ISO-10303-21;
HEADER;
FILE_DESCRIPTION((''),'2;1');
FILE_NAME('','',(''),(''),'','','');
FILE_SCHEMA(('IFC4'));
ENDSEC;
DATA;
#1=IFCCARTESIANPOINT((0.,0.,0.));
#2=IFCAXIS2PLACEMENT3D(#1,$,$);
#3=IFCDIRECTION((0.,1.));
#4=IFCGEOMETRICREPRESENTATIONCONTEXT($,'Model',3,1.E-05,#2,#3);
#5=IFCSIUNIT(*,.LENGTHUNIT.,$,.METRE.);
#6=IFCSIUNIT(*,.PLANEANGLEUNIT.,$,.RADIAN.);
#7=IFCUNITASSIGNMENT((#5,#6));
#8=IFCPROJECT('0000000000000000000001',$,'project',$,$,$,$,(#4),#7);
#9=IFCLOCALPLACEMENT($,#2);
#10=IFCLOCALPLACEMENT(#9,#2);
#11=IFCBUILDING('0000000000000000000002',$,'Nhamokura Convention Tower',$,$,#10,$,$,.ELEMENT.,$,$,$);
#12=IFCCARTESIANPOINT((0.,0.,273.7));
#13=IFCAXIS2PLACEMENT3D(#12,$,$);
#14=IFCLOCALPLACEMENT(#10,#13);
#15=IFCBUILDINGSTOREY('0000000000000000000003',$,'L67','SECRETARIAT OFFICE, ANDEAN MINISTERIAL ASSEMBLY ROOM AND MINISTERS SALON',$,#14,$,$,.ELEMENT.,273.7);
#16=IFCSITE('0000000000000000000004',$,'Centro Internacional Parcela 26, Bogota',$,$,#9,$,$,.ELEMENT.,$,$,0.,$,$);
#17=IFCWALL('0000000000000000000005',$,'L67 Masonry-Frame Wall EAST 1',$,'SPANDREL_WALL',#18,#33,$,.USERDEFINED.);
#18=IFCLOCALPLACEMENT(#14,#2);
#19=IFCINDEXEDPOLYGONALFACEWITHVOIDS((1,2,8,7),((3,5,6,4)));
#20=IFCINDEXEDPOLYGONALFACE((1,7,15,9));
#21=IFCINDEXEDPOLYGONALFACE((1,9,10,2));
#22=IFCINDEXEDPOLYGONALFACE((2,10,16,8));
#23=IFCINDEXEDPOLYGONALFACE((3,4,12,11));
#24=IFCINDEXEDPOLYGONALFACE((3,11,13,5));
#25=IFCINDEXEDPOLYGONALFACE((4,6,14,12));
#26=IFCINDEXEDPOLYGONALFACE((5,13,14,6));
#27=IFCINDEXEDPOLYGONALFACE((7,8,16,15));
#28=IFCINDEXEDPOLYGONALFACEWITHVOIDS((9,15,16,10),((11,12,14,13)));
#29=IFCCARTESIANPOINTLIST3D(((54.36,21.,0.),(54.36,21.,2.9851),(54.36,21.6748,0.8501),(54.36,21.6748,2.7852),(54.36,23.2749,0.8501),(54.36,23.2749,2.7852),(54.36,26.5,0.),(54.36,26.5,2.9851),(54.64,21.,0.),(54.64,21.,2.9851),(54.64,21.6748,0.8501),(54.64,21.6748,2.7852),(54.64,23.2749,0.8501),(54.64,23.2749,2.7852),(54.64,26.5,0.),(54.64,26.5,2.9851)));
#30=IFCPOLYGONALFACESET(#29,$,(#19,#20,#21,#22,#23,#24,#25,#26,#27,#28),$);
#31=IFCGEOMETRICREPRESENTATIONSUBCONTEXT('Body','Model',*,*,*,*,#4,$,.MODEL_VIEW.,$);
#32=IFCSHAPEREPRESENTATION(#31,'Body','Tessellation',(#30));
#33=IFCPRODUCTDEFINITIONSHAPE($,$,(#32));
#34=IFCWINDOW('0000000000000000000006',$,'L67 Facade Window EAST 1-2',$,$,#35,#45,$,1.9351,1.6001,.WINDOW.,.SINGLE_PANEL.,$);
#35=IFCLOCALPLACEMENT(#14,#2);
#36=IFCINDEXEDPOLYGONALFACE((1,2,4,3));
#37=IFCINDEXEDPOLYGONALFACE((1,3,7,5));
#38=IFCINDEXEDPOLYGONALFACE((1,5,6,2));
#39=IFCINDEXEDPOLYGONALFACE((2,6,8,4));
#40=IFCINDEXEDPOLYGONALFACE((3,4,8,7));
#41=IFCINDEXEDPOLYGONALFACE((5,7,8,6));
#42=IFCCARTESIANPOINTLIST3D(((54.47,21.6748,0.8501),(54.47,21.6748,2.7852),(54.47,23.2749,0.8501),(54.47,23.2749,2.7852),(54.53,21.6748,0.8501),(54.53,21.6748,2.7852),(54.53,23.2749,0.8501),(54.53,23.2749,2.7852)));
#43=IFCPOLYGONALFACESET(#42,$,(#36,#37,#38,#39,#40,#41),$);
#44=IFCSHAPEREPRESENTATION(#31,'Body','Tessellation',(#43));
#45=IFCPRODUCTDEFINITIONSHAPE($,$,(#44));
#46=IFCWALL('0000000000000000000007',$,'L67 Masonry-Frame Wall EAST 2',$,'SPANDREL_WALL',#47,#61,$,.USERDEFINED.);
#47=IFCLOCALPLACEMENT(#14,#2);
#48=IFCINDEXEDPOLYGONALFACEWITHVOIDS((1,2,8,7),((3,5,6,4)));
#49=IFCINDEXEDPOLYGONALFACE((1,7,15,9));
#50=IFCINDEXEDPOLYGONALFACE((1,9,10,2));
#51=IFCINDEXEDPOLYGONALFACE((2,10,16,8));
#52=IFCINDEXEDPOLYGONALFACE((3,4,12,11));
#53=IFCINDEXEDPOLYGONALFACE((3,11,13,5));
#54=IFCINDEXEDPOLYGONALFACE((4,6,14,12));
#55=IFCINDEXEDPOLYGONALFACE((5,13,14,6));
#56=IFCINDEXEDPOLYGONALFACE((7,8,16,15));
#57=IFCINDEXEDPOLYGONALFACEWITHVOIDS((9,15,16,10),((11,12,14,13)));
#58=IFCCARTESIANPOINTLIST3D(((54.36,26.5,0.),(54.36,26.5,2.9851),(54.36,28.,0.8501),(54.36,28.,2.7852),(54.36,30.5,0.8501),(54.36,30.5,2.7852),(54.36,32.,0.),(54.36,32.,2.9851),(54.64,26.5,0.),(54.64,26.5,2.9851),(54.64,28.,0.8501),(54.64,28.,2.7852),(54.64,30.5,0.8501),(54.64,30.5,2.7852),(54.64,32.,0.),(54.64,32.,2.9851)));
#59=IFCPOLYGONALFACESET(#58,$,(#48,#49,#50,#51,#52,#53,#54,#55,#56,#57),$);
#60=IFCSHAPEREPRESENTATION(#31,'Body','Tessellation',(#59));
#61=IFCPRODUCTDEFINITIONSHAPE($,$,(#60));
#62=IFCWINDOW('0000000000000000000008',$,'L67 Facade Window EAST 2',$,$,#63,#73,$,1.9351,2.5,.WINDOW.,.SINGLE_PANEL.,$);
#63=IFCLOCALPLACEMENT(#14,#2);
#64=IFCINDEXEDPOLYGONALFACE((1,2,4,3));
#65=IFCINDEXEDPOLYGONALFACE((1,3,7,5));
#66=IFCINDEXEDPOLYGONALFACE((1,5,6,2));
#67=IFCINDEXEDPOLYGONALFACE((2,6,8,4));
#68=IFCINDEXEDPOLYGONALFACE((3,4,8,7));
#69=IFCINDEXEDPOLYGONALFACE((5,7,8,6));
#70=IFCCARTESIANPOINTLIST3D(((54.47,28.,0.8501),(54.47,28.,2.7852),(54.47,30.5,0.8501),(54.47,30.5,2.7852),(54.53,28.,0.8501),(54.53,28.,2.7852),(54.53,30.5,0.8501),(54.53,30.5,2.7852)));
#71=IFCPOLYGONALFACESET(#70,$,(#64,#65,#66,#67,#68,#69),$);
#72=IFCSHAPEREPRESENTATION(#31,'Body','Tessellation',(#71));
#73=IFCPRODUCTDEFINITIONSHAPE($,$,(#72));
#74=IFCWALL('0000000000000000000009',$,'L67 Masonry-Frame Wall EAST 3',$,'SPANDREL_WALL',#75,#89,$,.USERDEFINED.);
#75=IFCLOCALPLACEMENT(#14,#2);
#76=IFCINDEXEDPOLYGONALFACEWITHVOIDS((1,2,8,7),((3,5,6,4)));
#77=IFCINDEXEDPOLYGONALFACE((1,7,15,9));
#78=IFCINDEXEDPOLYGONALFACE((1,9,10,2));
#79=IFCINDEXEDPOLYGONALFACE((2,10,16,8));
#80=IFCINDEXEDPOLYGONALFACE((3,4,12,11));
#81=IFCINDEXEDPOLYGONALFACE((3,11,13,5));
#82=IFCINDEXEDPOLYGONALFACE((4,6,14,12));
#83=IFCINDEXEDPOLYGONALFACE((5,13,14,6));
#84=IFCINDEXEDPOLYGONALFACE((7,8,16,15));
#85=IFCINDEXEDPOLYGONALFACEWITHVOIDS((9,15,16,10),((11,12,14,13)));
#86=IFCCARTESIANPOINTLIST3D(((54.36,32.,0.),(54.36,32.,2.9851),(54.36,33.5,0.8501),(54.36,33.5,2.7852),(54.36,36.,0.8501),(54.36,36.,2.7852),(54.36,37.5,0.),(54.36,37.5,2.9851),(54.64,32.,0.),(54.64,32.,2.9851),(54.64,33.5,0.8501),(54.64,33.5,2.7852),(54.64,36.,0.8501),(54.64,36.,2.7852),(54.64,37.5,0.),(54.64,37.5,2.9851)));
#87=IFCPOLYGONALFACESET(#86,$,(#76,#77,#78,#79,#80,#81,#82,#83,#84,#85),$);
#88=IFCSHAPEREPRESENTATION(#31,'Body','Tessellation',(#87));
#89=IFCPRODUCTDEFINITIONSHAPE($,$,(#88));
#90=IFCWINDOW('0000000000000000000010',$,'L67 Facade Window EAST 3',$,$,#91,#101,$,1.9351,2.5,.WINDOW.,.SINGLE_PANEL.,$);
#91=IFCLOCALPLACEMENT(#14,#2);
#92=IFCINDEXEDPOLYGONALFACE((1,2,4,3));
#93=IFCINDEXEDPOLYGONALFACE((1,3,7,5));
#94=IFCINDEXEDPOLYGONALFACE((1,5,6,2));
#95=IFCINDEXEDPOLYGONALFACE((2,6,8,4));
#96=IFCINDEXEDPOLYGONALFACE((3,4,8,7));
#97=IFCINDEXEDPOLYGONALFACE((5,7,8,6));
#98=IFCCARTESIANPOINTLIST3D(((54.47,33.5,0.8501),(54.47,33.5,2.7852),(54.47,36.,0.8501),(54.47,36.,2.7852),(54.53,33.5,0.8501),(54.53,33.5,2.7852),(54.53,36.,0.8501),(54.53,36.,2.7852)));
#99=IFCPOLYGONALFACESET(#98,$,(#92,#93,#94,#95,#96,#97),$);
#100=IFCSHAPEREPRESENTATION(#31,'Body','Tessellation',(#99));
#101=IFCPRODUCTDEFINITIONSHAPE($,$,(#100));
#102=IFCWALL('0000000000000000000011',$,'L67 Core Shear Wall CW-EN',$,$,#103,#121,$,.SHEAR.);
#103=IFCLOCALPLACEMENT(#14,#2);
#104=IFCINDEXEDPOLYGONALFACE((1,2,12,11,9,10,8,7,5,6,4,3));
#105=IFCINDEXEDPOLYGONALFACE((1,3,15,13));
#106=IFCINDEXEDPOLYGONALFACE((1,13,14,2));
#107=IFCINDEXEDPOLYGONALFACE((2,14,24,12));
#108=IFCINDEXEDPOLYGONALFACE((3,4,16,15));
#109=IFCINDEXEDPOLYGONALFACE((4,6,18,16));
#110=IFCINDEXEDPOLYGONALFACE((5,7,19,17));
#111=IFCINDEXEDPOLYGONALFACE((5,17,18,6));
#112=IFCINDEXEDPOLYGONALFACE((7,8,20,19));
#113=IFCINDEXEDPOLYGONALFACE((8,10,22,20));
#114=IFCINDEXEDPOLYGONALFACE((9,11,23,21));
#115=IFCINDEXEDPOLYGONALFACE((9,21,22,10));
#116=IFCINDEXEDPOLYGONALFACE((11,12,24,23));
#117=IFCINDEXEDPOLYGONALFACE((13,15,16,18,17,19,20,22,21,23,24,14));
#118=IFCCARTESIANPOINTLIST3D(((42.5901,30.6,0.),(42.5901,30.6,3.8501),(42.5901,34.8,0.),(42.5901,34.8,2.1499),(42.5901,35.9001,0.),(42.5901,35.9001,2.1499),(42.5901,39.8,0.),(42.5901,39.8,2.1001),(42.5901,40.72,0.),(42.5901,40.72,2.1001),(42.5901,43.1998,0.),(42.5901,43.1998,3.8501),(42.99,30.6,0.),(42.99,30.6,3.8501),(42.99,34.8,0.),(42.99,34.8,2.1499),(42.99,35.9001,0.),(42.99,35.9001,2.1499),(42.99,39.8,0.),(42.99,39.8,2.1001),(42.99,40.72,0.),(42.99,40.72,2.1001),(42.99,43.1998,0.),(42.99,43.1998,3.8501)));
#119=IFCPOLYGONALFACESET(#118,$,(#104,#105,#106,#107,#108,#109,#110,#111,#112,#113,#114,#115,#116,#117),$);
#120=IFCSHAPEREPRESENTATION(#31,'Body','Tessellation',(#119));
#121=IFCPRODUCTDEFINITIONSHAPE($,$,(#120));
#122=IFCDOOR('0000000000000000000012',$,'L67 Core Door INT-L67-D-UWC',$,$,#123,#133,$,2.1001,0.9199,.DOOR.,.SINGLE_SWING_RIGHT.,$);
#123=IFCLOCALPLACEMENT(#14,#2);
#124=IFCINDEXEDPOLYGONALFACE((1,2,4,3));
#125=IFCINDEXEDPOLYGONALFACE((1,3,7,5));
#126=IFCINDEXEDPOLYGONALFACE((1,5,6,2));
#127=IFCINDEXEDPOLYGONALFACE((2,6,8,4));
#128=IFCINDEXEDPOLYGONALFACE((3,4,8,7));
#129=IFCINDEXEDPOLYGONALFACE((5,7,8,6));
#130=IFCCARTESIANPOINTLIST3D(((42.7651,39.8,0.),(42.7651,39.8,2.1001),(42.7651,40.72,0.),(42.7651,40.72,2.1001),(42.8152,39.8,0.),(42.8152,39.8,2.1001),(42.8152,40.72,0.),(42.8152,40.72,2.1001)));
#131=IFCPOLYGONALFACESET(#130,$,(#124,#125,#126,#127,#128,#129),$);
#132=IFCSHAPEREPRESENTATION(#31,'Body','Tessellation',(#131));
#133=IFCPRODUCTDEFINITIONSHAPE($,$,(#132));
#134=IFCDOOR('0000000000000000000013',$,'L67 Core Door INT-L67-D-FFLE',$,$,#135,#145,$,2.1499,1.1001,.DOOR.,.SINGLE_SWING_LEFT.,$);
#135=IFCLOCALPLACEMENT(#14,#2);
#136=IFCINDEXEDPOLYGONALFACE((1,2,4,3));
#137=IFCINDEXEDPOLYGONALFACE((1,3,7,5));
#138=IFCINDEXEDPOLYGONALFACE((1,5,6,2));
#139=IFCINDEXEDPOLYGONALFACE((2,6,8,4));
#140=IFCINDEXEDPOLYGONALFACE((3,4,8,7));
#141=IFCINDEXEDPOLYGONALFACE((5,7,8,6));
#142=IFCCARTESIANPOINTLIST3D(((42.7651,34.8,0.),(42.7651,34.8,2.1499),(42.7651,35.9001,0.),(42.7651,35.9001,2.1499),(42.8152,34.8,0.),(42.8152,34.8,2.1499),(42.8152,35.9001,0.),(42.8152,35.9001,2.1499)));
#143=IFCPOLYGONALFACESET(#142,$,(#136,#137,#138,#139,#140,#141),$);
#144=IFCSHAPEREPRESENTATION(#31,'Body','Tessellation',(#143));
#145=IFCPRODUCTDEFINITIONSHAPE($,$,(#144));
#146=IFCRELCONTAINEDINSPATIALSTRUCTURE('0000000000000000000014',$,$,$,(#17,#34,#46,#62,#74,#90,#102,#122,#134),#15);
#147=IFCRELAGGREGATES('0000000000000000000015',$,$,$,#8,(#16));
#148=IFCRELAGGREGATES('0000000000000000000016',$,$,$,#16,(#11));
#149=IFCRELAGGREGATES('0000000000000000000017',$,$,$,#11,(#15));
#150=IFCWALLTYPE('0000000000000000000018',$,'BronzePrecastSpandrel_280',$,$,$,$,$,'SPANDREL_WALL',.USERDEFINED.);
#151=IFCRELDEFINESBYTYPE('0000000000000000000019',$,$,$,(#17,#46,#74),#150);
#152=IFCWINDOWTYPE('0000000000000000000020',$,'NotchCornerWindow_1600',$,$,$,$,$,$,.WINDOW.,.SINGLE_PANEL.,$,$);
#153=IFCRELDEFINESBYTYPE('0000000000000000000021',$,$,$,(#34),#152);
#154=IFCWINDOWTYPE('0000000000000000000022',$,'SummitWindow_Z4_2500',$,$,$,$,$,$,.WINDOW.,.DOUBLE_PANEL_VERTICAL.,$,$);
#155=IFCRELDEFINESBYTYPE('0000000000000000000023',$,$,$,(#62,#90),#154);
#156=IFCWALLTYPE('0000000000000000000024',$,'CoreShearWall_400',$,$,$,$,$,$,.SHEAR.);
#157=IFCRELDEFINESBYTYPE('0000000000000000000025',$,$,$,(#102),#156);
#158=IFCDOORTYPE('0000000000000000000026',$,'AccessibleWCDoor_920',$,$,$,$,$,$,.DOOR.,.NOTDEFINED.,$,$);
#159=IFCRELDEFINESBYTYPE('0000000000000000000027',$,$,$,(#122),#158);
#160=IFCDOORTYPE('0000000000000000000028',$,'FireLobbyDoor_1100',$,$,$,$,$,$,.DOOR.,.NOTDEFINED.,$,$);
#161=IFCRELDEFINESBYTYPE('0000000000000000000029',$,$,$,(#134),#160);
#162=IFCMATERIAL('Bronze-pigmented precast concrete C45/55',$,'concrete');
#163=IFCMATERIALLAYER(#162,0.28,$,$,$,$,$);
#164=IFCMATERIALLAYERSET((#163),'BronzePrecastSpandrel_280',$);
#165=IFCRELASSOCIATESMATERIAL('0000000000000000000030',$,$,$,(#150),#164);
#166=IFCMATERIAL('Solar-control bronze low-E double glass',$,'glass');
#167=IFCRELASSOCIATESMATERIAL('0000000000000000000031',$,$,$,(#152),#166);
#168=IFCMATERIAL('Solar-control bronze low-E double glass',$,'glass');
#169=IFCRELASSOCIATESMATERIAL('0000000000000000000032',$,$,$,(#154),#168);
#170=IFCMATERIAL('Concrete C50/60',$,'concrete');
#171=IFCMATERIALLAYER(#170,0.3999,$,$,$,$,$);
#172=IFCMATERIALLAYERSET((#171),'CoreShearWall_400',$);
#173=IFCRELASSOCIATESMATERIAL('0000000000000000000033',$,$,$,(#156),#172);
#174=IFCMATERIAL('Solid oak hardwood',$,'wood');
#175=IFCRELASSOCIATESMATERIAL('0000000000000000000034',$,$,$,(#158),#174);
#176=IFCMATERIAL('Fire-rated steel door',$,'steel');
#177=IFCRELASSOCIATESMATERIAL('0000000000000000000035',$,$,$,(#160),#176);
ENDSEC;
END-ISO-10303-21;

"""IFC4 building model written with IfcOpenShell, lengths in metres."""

from ifc_helpers import new_model, si_unit, direction, frame, frame_2d, origin, place, context, subcontext, project, spatial, rectangle, extrude, material, layer, layer_set, type_object, element, fill, save


model = new_model("IFC4")

# Units and contexts
model_context = context("Model", 3, precision=1e-05, world=origin(), true_north=direction((0.0, 1.0)))
body_context = subcontext(model_context, "Body", "Model", "MODEL_VIEW")
ifc_project = project(units=[si_unit("LENGTHUNIT", "METRE"), si_unit("PLANEANGLEUNIT", "RADIAN")], contexts=[model_context])

# Site, building, storey
site_placement = place(None, origin())
site = spatial("IfcSite", under=ifc_project, at=site_placement, Name="Centro Internacional Parcela 26, Bogota", CompositionType="ELEMENT", RefElevation=0.0)
building_placement = place(site_placement, origin())
building = spatial("IfcBuilding", under=site, at=building_placement, Name="Nhamokura Convention Tower", CompositionType="ELEMENT")
storey_placement = place(building_placement, frame((0.0, 0.0, 273.7)))
storey = spatial("IfcBuildingStorey", under=building, at=storey_placement, Name="L67", Description="SECRETARIAT OFFICE, ANDEAN MINISTERIAL ASSEMBLY ROOM AND MINISTERS SALON", CompositionType="ELEMENT", Elevation=273.7)

# Walls, openings, windows
ifc_material_1 = material(Name="Bronze-pigmented precast concrete C45/55", Category="concrete")
ifc_layer_1 = layer(ifc_material_1, 0.28)
ifc_layer_set_1 = layer_set([ifc_layer_1], Name="BronzePrecastSpandrel_280")
wall_type_1 = type_object("IfcWallType", Name="BronzePrecastSpandrel_280", ElementType="SPANDREL_WALL", PredefinedType="USERDEFINED", material=ifc_layer_set_1)
wall_1_placement = place(storey_placement, frame((54.5, 26.5, 0.0), z_axis=(0.0, 0.0, 1.0), x_axis=(0.0, -1.0, 0.0)))
wall_1 = element("IfcWall", 1, at=wall_1_placement, inside=storey, type_object=wall_type_1, Name="L67 Masonry-Frame Wall EAST 1", ObjectType="SPANDREL_WALL", PredefinedType="USERDEFINED", context=body_context, shape_type="SweptSolid", body=[
    extrude(rectangle(XDim=5.5, YDim=0.28, at=frame_2d((2.75, 0.0))), origin(), (0.0, 0.0, 1.0), 2.9851),
])
opening_1_placement = place(wall_1_placement, frame((3.2251, 0.0, 0.8501)))
opening_1 = element("IfcOpeningElement", 2, at=opening_1_placement, cuts=wall_1, PredefinedType="OPENING", context=body_context, shape_type="SweptSolid", body=[
    extrude(rectangle(XDim=1.6001, YDim=1.9351, at=frame_2d((0.8, 0.9675))), frame((0.0, 0.1499, 0.0), z_axis=(0.0, -1.0, 0.0), x_axis=(1.0, 0.0, 0.0)), (0.0, 0.0, 1.0), 0.3),
])
ifc_material_2 = material(Name="Solar-control bronze low-E double glass", Category="glass")
window_type_1 = type_object("IfcWindowType", Name="NotchCornerWindow_1600", PartitioningType="SINGLE_PANEL", PredefinedType="WINDOW", material=ifc_material_2)
window_1_placement = place(opening_1_placement, origin())
window_1 = element("IfcWindow", 3, at=window_1_placement, inside=storey, type_object=window_type_1, Name="L67 Facade Window EAST 1-2", OverallHeight=1.9351, OverallWidth=1.6001, PartitioningType="SINGLE_PANEL", PredefinedType="WINDOW", context=body_context, shape_type="SweptSolid", body=[
    extrude(rectangle(XDim=1.6001, YDim=1.9351, at=frame_2d((0.8, 0.9675))), frame((0.0, 0.03, 0.0), z_axis=(0.0, -1.0, 0.0), x_axis=(1.0, 0.0, 0.0)), (0.0, 0.0, 1.0), 0.0601),
])
fill(opening_1, window_1)
wall_2_placement = place(storey_placement, frame((54.5, 32.0, 0.0), z_axis=(0.0, 0.0, 1.0), x_axis=(0.0, -1.0, 0.0)))
wall_2 = element("IfcWall", 4, at=wall_2_placement, inside=storey, type_object=wall_type_1, Name="L67 Masonry-Frame Wall EAST 2", ObjectType="SPANDREL_WALL", PredefinedType="USERDEFINED", context=body_context, shape_type="SweptSolid", body=[
    extrude(rectangle(XDim=5.5, YDim=0.28, at=frame_2d((2.75, 0.0))), origin(), (0.0, 0.0, 1.0), 2.9851),
])
opening_2_placement = place(wall_2_placement, frame((1.5, 0.0, 0.8501)))
opening_2 = element("IfcOpeningElement", 5, at=opening_2_placement, cuts=wall_2, PredefinedType="OPENING", context=body_context, shape_type="SweptSolid", body=[
    extrude(rectangle(XDim=2.5, YDim=1.9351, at=frame_2d((1.25, 0.9675))), frame((0.0, 0.1499, 0.0), z_axis=(0.0, -1.0, 0.0), x_axis=(1.0, 0.0, 0.0)), (0.0, 0.0, 1.0), 0.3),
])
ifc_material_3 = material(Name="Solar-control bronze low-E double glass", Category="glass")
window_type_2 = type_object("IfcWindowType", Name="SummitWindow_Z4_2500", PartitioningType="DOUBLE_PANEL_VERTICAL", PredefinedType="WINDOW", material=ifc_material_3)
window_2_placement = place(opening_2_placement, origin())
window_2 = element("IfcWindow", 6, at=window_2_placement, inside=storey, type_object=window_type_2, Name="L67 Facade Window EAST 2", OverallHeight=1.9351, OverallWidth=2.5, PartitioningType="SINGLE_PANEL", PredefinedType="WINDOW", context=body_context, shape_type="SweptSolid", body=[
    extrude(rectangle(XDim=2.5, YDim=1.9351, at=frame_2d((1.25, 0.9675))), frame((0.0, 0.03, 0.0), z_axis=(0.0, -1.0, 0.0), x_axis=(1.0, 0.0, 0.0)), (0.0, 0.0, 1.0), 0.0601),
])
fill(opening_2, window_2)
wall_3_placement = place(storey_placement, frame((54.5, 37.5, 0.0), z_axis=(0.0, 0.0, 1.0), x_axis=(0.0, -1.0, 0.0)))
wall_3 = element("IfcWall", 7, at=wall_3_placement, inside=storey, type_object=wall_type_1, Name="L67 Masonry-Frame Wall EAST 3", ObjectType="SPANDREL_WALL", PredefinedType="USERDEFINED", context=body_context, shape_type="SweptSolid", body=[
    extrude(rectangle(XDim=5.5, YDim=0.28, at=frame_2d((2.75, 0.0))), origin(), (0.0, 0.0, 1.0), 2.9851),
])
opening_3_placement = place(wall_3_placement, frame((1.5, 0.0, 0.8501)))
opening_3 = element("IfcOpeningElement", 8, at=opening_3_placement, cuts=wall_3, PredefinedType="OPENING", context=body_context, shape_type="SweptSolid", body=[
    extrude(rectangle(XDim=2.5, YDim=1.9351, at=frame_2d((1.25, 0.9675))), frame((0.0, 0.1499, 0.0), z_axis=(0.0, -1.0, 0.0), x_axis=(1.0, 0.0, 0.0)), (0.0, 0.0, 1.0), 0.3),
])
window_3_placement = place(opening_3_placement, origin())
window_3 = element("IfcWindow", 9, at=window_3_placement, inside=storey, type_object=window_type_2, Name="L67 Facade Window EAST 3", OverallHeight=1.9351, OverallWidth=2.5, PartitioningType="SINGLE_PANEL", PredefinedType="WINDOW", context=body_context, shape_type="SweptSolid", body=[
    extrude(rectangle(XDim=2.5, YDim=1.9351, at=frame_2d((1.25, 0.9675))), frame((0.0, 0.03, 0.0), z_axis=(0.0, -1.0, 0.0), x_axis=(1.0, 0.0, 0.0)), (0.0, 0.0, 1.0), 0.0601),
])
fill(opening_3, window_3)

# Wall, openings, doors
ifc_material_4 = material(Name="Concrete C50/60", Category="concrete")
ifc_layer_2 = layer(ifc_material_4, 0.3999)
ifc_layer_set_2 = layer_set([ifc_layer_2], Name="CoreShearWall_400")
wall_type_2 = type_object("IfcWallType", Name="CoreShearWall_400", PredefinedType="SHEAR", material=ifc_layer_set_2)
wall_4_placement = place(storey_placement, frame((42.79, 30.6001, 0.0), z_axis=(0.0, 0.0, 1.0), x_axis=(0.0, 1.0, 0.0)))
wall_4 = element("IfcWall", 10, at=wall_4_placement, inside=storey, type_object=wall_type_2, Name="L67 Core Shear Wall CW-EN", PredefinedType="SHEAR", context=body_context, shape_type="SweptSolid", body=[
    extrude(rectangle(XDim=12.5999, YDim=0.3999, at=frame_2d((6.2998, 0.0))), origin(), (0.0, 0.0, 1.0), 3.8501),
])
opening_4_placement = place(wall_4_placement, frame((4.2, 0.0, 0.0)))
opening_4 = element("IfcOpeningElement", 11, at=opening_4_placement, cuts=wall_4, PredefinedType="OPENING", context=body_context, shape_type="SweptSolid", body=[
    extrude(rectangle(XDim=1.1001, YDim=2.1499, at=frame_2d((0.55, 1.075))), frame((0.0, 0.21, 0.0), z_axis=(0.0, -1.0, 0.0), x_axis=(1.0, 0.0, 0.0)), (0.0, 0.0, 1.0), 0.4199),
])
opening_5_placement = place(wall_4_placement, frame((9.2, 0.0, 0.0)))
opening_5 = element("IfcOpeningElement", 12, at=opening_5_placement, cuts=wall_4, PredefinedType="OPENING", context=body_context, shape_type="SweptSolid", body=[
    extrude(rectangle(XDim=0.9199, YDim=2.1001, at=frame_2d((0.46, 1.05))), frame((0.0, 0.21, 0.0), z_axis=(0.0, -1.0, 0.0), x_axis=(1.0, 0.0, 0.0)), (0.0, 0.0, 1.0), 0.4199),
])
ifc_material_5 = material(Name="Solid oak hardwood", Category="wood")
door_type_1 = type_object("IfcDoorType", Name="AccessibleWCDoor_920", OperationType="NOTDEFINED", PredefinedType="DOOR", material=ifc_material_5)
door_1_placement = place(opening_5_placement, origin())
door_1 = element("IfcDoor", 13, at=door_1_placement, inside=storey, type_object=door_type_1, Name="L67 Core Door INT-L67-D-UWC", OperationType="SINGLE_SWING_RIGHT", OverallHeight=2.1001, OverallWidth=0.9199, PredefinedType="DOOR", context=body_context, shape_type="SweptSolid", body=[
    extrude(rectangle(XDim=0.9199, YDim=2.1001, at=frame_2d((0.46, 1.05))), frame((0.0, 0.0249, 0.0), z_axis=(0.0, -1.0, 0.0), x_axis=(1.0, 0.0, 0.0)), (0.0, 0.0, 1.0), 0.05),
])
fill(opening_5, door_1)
ifc_material_6 = material(Name="Fire-rated steel door", Category="steel")
door_type_2 = type_object("IfcDoorType", Name="FireLobbyDoor_1100", OperationType="NOTDEFINED", PredefinedType="DOOR", material=ifc_material_6)
door_2_placement = place(opening_4_placement, origin())
door_2 = element("IfcDoor", 14, at=door_2_placement, inside=storey, type_object=door_type_2, Name="L67 Core Door INT-L67-D-FFLE", OperationType="SINGLE_SWING_LEFT", OverallHeight=2.1499, OverallWidth=1.1001, PredefinedType="DOOR", context=body_context, shape_type="SweptSolid", body=[
    extrude(rectangle(XDim=1.1001, YDim=2.1499, at=frame_2d((0.55, 1.075))), frame((0.0, 0.0249, 0.0), z_axis=(0.0, -1.0, 0.0), x_axis=(1.0, 0.0, 0.0)), (0.0, 0.0, 1.0), 0.05),
])
fill(opening_4, door_2)

save(model, "model.ifc")
